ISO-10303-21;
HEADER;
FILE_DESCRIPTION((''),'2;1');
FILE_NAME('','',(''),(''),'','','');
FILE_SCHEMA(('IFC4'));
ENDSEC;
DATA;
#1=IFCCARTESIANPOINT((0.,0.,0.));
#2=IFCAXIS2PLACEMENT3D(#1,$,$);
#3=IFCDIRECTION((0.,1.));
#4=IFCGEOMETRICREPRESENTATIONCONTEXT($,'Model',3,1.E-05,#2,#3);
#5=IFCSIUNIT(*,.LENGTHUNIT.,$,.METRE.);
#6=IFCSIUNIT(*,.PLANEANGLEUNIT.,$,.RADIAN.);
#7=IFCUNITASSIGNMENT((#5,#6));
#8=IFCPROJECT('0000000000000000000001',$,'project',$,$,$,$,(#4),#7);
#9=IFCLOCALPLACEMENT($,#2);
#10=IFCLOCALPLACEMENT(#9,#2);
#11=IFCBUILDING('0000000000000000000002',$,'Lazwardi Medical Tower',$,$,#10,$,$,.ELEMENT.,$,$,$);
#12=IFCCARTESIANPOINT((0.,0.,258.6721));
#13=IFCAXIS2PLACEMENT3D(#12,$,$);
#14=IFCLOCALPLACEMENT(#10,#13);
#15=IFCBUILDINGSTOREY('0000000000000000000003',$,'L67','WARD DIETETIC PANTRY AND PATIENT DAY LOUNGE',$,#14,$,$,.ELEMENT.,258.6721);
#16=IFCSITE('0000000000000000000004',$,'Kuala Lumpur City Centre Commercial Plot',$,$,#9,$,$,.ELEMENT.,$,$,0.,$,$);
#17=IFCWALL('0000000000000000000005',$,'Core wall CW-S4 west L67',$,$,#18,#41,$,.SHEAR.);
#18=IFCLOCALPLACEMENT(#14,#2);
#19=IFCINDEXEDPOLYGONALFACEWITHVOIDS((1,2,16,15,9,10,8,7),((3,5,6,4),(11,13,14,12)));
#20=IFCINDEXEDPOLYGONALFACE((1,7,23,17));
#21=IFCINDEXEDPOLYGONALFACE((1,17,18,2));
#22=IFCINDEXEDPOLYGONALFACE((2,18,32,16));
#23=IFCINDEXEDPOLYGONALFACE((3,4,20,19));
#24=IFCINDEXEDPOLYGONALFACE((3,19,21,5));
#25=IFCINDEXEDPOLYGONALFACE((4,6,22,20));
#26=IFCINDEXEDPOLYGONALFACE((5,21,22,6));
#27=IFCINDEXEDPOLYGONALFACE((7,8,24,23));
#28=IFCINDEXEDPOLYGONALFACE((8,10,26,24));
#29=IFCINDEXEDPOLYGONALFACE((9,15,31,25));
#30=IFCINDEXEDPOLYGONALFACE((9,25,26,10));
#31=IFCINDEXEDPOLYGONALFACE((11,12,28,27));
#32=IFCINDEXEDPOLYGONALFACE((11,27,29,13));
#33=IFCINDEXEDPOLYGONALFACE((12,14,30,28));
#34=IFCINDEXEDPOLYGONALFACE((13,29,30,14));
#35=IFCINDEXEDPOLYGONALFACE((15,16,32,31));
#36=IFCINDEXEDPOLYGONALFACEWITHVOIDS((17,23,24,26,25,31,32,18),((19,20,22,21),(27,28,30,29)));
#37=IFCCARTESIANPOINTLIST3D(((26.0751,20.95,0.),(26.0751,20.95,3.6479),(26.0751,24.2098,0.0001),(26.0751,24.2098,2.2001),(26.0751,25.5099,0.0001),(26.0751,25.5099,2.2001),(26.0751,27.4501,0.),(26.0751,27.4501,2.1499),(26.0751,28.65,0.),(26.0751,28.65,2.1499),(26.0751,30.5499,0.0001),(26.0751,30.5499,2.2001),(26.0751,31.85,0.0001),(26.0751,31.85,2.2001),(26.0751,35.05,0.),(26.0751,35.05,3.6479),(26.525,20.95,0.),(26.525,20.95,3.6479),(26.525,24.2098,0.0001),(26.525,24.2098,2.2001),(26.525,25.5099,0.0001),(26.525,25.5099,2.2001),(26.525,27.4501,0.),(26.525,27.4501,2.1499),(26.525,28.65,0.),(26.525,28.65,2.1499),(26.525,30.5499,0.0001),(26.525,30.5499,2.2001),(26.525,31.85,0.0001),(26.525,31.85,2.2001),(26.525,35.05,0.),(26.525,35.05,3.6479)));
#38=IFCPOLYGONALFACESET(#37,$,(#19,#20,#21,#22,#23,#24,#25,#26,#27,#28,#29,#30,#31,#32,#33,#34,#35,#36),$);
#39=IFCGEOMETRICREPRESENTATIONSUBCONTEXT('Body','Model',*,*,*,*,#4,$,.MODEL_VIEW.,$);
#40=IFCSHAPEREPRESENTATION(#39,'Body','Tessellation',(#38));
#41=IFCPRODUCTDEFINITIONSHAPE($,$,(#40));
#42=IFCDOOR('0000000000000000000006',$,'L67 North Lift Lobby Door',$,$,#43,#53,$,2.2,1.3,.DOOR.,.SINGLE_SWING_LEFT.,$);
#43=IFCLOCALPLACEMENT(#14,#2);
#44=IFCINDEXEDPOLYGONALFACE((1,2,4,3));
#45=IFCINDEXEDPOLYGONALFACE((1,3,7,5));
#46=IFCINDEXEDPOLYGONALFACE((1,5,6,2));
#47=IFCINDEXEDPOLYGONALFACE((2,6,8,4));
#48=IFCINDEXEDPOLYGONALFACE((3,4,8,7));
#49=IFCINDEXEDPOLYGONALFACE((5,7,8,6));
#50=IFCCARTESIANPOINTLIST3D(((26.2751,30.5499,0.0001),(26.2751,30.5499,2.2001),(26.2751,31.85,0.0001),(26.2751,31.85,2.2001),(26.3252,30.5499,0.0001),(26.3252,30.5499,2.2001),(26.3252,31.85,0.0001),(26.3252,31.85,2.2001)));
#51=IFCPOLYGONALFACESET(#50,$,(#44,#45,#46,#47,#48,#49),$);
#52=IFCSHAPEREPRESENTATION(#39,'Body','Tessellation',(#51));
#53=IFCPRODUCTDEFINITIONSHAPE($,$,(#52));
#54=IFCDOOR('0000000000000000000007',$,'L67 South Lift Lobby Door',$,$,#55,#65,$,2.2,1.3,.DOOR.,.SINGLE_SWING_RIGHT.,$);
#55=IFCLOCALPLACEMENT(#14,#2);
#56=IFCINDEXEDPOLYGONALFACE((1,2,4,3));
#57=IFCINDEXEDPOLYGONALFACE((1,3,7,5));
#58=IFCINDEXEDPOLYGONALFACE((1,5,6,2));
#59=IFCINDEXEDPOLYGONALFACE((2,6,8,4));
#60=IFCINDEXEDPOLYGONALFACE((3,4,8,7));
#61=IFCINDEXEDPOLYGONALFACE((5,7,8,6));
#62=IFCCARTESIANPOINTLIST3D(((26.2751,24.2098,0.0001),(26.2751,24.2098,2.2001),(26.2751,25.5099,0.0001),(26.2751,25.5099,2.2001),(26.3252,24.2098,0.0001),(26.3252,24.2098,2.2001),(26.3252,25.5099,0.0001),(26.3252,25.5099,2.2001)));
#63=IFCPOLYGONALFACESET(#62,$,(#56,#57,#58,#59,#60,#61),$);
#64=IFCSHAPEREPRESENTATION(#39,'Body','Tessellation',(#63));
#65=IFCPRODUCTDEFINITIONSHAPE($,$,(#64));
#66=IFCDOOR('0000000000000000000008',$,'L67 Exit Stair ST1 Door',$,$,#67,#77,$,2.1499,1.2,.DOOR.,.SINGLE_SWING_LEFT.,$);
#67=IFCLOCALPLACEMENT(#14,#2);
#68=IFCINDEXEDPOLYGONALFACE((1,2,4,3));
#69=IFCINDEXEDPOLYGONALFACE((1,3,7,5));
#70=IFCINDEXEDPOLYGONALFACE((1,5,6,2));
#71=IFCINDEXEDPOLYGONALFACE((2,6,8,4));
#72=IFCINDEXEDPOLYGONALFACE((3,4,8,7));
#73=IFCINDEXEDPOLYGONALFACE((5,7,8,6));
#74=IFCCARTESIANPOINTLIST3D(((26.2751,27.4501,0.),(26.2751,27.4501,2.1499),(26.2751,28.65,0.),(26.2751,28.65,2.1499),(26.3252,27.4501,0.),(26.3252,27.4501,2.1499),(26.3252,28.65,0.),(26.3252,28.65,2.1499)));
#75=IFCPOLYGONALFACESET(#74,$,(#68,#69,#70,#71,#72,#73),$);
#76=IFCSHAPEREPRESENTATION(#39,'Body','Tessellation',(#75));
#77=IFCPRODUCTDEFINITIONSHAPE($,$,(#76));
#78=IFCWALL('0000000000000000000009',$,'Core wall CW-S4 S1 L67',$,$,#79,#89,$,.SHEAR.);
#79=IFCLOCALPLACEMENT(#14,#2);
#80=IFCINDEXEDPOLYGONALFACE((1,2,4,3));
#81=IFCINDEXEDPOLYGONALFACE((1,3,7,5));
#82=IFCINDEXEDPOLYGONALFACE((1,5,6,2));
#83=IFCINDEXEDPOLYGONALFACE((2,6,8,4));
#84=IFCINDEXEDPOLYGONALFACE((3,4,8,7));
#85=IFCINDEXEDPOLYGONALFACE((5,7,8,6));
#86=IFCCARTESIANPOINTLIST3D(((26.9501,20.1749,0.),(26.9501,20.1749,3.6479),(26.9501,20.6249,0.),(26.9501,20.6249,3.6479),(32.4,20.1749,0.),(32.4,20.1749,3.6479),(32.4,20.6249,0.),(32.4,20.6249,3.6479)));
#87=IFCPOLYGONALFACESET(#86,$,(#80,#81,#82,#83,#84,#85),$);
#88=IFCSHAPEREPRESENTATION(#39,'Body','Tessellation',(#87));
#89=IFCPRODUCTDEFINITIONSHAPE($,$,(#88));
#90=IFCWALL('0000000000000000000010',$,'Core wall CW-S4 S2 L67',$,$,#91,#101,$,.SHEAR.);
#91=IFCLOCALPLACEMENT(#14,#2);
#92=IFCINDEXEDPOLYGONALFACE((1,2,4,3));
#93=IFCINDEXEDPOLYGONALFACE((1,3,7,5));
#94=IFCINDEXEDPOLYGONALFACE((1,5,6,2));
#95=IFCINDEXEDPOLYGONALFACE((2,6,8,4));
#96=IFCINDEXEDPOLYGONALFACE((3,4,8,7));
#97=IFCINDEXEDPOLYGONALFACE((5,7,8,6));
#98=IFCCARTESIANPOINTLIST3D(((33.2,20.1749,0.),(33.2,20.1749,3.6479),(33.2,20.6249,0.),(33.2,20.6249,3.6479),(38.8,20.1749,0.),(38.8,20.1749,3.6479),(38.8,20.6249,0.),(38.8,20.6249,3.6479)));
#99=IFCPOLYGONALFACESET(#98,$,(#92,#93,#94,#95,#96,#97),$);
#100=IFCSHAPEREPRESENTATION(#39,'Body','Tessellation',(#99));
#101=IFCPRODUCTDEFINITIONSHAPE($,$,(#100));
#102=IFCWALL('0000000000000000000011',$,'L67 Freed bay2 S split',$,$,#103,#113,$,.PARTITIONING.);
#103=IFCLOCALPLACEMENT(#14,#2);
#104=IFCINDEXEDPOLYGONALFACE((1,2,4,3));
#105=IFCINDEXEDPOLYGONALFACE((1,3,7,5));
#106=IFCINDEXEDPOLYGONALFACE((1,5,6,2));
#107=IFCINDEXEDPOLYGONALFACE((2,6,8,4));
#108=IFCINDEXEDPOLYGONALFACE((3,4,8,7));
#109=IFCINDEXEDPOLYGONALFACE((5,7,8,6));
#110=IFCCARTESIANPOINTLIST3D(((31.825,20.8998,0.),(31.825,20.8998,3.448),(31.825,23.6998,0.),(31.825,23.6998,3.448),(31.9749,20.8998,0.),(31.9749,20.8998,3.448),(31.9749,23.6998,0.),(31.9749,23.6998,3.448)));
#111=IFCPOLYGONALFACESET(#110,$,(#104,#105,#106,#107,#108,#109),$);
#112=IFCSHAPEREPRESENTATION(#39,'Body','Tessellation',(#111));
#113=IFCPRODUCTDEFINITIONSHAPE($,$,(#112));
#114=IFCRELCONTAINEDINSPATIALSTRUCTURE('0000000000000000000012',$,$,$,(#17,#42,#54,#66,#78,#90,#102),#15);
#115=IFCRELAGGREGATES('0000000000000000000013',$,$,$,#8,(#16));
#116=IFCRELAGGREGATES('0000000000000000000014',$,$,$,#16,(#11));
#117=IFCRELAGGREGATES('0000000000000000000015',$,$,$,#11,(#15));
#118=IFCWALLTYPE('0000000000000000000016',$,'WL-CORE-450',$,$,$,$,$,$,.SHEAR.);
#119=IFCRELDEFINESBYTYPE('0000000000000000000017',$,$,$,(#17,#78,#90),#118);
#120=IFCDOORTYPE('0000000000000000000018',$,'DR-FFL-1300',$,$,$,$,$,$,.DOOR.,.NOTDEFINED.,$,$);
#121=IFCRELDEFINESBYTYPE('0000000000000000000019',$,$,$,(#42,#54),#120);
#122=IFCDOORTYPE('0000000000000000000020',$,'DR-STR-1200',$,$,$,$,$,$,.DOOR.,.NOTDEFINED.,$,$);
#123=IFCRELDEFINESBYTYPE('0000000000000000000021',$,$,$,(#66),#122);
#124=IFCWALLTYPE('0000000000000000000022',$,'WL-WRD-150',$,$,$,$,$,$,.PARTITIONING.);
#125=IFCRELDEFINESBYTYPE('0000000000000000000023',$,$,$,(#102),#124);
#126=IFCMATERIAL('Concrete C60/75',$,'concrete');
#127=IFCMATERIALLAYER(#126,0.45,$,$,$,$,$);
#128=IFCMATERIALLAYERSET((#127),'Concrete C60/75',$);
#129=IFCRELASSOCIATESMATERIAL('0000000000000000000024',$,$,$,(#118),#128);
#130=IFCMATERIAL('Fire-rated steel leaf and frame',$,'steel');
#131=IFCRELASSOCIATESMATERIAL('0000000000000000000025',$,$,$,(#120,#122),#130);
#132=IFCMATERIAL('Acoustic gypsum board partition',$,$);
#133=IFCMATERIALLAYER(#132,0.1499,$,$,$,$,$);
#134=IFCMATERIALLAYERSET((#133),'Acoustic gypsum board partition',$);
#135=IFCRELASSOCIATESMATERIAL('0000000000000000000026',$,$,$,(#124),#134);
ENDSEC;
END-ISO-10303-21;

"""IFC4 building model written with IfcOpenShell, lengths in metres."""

from ifc_helpers import new_model, si_unit, direction, frame, frame_2d, origin, place, context, subcontext, project, spatial, rectangle, extrude, material, layer, layer_set, type_object, element, fill, save


model = new_model("IFC4")

# Units and contexts
model_context = context("Model", 3, precision=1e-05, world=origin(), true_north=direction((0.0, 1.0)))
body_context = subcontext(model_context, "Body", "Model", "MODEL_VIEW")
ifc_project = project(units=[si_unit("LENGTHUNIT", "METRE"), si_unit("PLANEANGLEUNIT", "RADIAN")], contexts=[model_context])

# Site, building, storey
site_placement = place(None, origin())
site = spatial("IfcSite", under=ifc_project, at=site_placement, Name="Kuala Lumpur City Centre Commercial Plot", CompositionType="ELEMENT", RefElevation=0.0)
building_placement = place(site_placement, origin())
building = spatial("IfcBuilding", under=site, at=building_placement, Name="Lazwardi Medical Tower", CompositionType="ELEMENT")
storey_placement = place(building_placement, frame((0.0, 0.0, 258.6721)))
storey = spatial("IfcBuildingStorey", under=building, at=storey_placement, Name="L67", Description="WARD DIETETIC PANTRY AND PATIENT DAY LOUNGE", CompositionType="ELEMENT", Elevation=258.6721)

# Shared definitions
ifc_material_1 = material(Name="Concrete C60/75", Category="concrete")

# Wall, openings, doors
ifc_layer_1 = layer(ifc_material_1, 0.45)
ifc_layer_set_1 = layer_set([ifc_layer_1], Name="Concrete C60/75")
wall_type_1 = type_object("IfcWallType", Name="WL-CORE-450", PredefinedType="SHEAR", material=ifc_layer_set_1)
wall_1_placement = place(storey_placement, frame((26.3, 20.95, 0.0), z_axis=(0.0, 0.0, 1.0), x_axis=(0.0, 1.0, 0.0)))
wall_1 = element("IfcWall", 1, at=wall_1_placement, inside=storey, type_object=wall_type_1, Name="Core wall CW-S4 west L67", PredefinedType="SHEAR", context=body_context, shape_type="SweptSolid", body=[
    extrude(rectangle(XDim=14.1001, YDim=0.45, at=frame_2d((7.05, 0.0))), origin(), (0.0, 0.0, 1.0), 3.6479),
])
opening_1_placement = place(wall_1_placement, frame((6.5, 0.0, 0.0)))
opening_1 = element("IfcOpeningElement", 2, at=opening_1_placement, cuts=wall_1, PredefinedType="OPENING", context=body_context, shape_type="SweptSolid", body=[
    extrude(rectangle(XDim=1.2, YDim=2.1499, at=frame_2d((0.6001, 1.075))), frame((0.0, 0.2349, 0.0), z_axis=(0.0, -1.0, 0.0), x_axis=(1.0, 0.0, 0.0)), (0.0, 0.0, 1.0), 0.47),
])
opening_2_placement = place(wall_1_placement, frame((9.6001, 0.0, 0.0)))
opening_2 = element("IfcOpeningElement", 3, at=opening_2_placement, cuts=wall_1, PredefinedType="OPENING", context=body_context, shape_type="SweptSolid", body=[
    extrude(rectangle(XDim=1.3, YDim=2.2, at=frame_2d((0.6499, 1.1001))), frame((0.0, 0.2349, 0.0), z_axis=(0.0, -1.0, 0.0), x_axis=(1.0, 0.0, 0.0)), (0.0, 0.0, 1.0), 0.47),
])
opening_3_placement = place(wall_1_placement, frame((3.26, 0.0, 0.0)))
opening_3 = element("IfcOpeningElement", 4, at=opening_3_placement, cuts=wall_1, PredefinedType="OPENING", context=body_context, shape_type="SweptSolid", body=[
    extrude(rectangle(XDim=1.3, YDim=2.2, at=frame_2d((0.6499, 1.1001))), frame((0.0, 0.2349, 0.0), z_axis=(0.0, -1.0, 0.0), x_axis=(1.0, 0.0, 0.0)), (0.0, 0.0, 1.0), 0.47),
])
ifc_material_2 = material(Name="Fire-rated steel leaf and frame", Category="steel")
door_type_1 = type_object("IfcDoorType", Name="DR-FFL-1300", OperationType="NOTDEFINED", PredefinedType="DOOR", material=ifc_material_2)
door_1_placement = place(opening_2_placement, origin())
door_1 = element("IfcDoor", 5, at=door_1_placement, inside=storey, type_object=door_type_1, Name="L67 North Lift Lobby Door", OperationType="SINGLE_SWING_LEFT", OverallHeight=2.2, OverallWidth=1.3, PredefinedType="DOOR", context=body_context, shape_type="SweptSolid", body=[
    extrude(rectangle(XDim=1.3, YDim=2.2, at=frame_2d((0.6499, 1.1001))), frame((0.0, 0.0249, 0.0), z_axis=(0.0, -1.0, 0.0), x_axis=(1.0, 0.0, 0.0)), (0.0, 0.0, 1.0), 0.05),
])
fill(opening_2, door_1)
door_2_placement = place(opening_3_placement, origin())
door_2 = element("IfcDoor", 6, at=door_2_placement, inside=storey, type_object=door_type_1, Name="L67 South Lift Lobby Door", OperationType="SINGLE_SWING_RIGHT", OverallHeight=2.2, OverallWidth=1.3, PredefinedType="DOOR", context=body_context, shape_type="SweptSolid", body=[
    extrude(rectangle(XDim=1.3, YDim=2.2, at=frame_2d((0.6499, 1.1001))), frame((0.0, 0.0249, 0.0), z_axis=(0.0, -1.0, 0.0), x_axis=(1.0, 0.0, 0.0)), (0.0, 0.0, 1.0), 0.05),
])
fill(opening_3, door_2)
door_type_2 = type_object("IfcDoorType", Name="DR-STR-1200", OperationType="NOTDEFINED", PredefinedType="DOOR", material=ifc_material_2)
door_3_placement = place(opening_1_placement, origin())
door_3 = element("IfcDoor", 7, at=door_3_placement, inside=storey, type_object=door_type_2, Name="L67 Exit Stair ST1 Door", OperationType="SINGLE_SWING_LEFT", OverallHeight=2.1499, OverallWidth=1.2, PredefinedType="DOOR", context=body_context, shape_type="SweptSolid", body=[
    extrude(rectangle(XDim=1.2, YDim=2.1499, at=frame_2d((0.6001, 1.075))), frame((0.0, 0.0249, 0.0), z_axis=(0.0, -1.0, 0.0), x_axis=(1.0, 0.0, 0.0)), (0.0, 0.0, 1.0), 0.05),
])
fill(opening_1, door_3)

# Walls
wall_2_placement = place(storey_placement, frame((26.95, 20.3999, 0.0), z_axis=(0.0, 0.0, 1.0), x_axis=(1.0, 0.0, 0.0)))
element("IfcWall", 8, at=wall_2_placement, inside=storey, type_object=wall_type_1, Name="Core wall CW-S4 S1 L67", PredefinedType="SHEAR", context=body_context, shape_type="SweptSolid", body=[
    extrude(rectangle(XDim=5.45, YDim=0.45, at=frame_2d((2.7251, 0.0))), origin(), (0.0, 0.0, 1.0), 3.6479),
])
wall_3_placement = place(storey_placement, frame((33.2, 20.3999, 0.0), z_axis=(0.0, 0.0, 1.0), x_axis=(1.0, 0.0, 0.0)))
element("IfcWall", 9, at=wall_3_placement, inside=storey, type_object=wall_type_1, Name="Core wall CW-S4 S2 L67", PredefinedType="SHEAR", context=body_context, shape_type="SweptSolid", body=[
    extrude(rectangle(XDim=5.6001, YDim=0.45, at=frame_2d((2.8, 0.0))), origin(), (0.0, 0.0, 1.0), 3.6479),
])
ifc_material_3 = material(Name="Acoustic gypsum board partition")
ifc_layer_2 = layer(ifc_material_3, 0.1499)
ifc_layer_set_2 = layer_set([ifc_layer_2], Name="Acoustic gypsum board partition")
wall_type_2 = type_object("IfcWallType", Name="WL-WRD-150", PredefinedType="PARTITIONING", material=ifc_layer_set_2)
wall_4_placement = place(storey_placement, frame((31.8999, 20.8999, 0.0), z_axis=(0.0, 0.0, 1.0), x_axis=(0.0, 1.0, 0.0)))
element("IfcWall", 10, at=wall_4_placement, inside=storey, type_object=wall_type_2, Name="L67 Freed bay2 S split", PredefinedType="PARTITIONING", context=body_context, shape_type="SweptSolid", body=[
    extrude(rectangle(XDim=2.8, YDim=0.1499, at=frame_2d((1.3999, 0.0))), origin(), (0.0, 0.0, 1.0), 3.448),
])

save(model, "model.ifc")
